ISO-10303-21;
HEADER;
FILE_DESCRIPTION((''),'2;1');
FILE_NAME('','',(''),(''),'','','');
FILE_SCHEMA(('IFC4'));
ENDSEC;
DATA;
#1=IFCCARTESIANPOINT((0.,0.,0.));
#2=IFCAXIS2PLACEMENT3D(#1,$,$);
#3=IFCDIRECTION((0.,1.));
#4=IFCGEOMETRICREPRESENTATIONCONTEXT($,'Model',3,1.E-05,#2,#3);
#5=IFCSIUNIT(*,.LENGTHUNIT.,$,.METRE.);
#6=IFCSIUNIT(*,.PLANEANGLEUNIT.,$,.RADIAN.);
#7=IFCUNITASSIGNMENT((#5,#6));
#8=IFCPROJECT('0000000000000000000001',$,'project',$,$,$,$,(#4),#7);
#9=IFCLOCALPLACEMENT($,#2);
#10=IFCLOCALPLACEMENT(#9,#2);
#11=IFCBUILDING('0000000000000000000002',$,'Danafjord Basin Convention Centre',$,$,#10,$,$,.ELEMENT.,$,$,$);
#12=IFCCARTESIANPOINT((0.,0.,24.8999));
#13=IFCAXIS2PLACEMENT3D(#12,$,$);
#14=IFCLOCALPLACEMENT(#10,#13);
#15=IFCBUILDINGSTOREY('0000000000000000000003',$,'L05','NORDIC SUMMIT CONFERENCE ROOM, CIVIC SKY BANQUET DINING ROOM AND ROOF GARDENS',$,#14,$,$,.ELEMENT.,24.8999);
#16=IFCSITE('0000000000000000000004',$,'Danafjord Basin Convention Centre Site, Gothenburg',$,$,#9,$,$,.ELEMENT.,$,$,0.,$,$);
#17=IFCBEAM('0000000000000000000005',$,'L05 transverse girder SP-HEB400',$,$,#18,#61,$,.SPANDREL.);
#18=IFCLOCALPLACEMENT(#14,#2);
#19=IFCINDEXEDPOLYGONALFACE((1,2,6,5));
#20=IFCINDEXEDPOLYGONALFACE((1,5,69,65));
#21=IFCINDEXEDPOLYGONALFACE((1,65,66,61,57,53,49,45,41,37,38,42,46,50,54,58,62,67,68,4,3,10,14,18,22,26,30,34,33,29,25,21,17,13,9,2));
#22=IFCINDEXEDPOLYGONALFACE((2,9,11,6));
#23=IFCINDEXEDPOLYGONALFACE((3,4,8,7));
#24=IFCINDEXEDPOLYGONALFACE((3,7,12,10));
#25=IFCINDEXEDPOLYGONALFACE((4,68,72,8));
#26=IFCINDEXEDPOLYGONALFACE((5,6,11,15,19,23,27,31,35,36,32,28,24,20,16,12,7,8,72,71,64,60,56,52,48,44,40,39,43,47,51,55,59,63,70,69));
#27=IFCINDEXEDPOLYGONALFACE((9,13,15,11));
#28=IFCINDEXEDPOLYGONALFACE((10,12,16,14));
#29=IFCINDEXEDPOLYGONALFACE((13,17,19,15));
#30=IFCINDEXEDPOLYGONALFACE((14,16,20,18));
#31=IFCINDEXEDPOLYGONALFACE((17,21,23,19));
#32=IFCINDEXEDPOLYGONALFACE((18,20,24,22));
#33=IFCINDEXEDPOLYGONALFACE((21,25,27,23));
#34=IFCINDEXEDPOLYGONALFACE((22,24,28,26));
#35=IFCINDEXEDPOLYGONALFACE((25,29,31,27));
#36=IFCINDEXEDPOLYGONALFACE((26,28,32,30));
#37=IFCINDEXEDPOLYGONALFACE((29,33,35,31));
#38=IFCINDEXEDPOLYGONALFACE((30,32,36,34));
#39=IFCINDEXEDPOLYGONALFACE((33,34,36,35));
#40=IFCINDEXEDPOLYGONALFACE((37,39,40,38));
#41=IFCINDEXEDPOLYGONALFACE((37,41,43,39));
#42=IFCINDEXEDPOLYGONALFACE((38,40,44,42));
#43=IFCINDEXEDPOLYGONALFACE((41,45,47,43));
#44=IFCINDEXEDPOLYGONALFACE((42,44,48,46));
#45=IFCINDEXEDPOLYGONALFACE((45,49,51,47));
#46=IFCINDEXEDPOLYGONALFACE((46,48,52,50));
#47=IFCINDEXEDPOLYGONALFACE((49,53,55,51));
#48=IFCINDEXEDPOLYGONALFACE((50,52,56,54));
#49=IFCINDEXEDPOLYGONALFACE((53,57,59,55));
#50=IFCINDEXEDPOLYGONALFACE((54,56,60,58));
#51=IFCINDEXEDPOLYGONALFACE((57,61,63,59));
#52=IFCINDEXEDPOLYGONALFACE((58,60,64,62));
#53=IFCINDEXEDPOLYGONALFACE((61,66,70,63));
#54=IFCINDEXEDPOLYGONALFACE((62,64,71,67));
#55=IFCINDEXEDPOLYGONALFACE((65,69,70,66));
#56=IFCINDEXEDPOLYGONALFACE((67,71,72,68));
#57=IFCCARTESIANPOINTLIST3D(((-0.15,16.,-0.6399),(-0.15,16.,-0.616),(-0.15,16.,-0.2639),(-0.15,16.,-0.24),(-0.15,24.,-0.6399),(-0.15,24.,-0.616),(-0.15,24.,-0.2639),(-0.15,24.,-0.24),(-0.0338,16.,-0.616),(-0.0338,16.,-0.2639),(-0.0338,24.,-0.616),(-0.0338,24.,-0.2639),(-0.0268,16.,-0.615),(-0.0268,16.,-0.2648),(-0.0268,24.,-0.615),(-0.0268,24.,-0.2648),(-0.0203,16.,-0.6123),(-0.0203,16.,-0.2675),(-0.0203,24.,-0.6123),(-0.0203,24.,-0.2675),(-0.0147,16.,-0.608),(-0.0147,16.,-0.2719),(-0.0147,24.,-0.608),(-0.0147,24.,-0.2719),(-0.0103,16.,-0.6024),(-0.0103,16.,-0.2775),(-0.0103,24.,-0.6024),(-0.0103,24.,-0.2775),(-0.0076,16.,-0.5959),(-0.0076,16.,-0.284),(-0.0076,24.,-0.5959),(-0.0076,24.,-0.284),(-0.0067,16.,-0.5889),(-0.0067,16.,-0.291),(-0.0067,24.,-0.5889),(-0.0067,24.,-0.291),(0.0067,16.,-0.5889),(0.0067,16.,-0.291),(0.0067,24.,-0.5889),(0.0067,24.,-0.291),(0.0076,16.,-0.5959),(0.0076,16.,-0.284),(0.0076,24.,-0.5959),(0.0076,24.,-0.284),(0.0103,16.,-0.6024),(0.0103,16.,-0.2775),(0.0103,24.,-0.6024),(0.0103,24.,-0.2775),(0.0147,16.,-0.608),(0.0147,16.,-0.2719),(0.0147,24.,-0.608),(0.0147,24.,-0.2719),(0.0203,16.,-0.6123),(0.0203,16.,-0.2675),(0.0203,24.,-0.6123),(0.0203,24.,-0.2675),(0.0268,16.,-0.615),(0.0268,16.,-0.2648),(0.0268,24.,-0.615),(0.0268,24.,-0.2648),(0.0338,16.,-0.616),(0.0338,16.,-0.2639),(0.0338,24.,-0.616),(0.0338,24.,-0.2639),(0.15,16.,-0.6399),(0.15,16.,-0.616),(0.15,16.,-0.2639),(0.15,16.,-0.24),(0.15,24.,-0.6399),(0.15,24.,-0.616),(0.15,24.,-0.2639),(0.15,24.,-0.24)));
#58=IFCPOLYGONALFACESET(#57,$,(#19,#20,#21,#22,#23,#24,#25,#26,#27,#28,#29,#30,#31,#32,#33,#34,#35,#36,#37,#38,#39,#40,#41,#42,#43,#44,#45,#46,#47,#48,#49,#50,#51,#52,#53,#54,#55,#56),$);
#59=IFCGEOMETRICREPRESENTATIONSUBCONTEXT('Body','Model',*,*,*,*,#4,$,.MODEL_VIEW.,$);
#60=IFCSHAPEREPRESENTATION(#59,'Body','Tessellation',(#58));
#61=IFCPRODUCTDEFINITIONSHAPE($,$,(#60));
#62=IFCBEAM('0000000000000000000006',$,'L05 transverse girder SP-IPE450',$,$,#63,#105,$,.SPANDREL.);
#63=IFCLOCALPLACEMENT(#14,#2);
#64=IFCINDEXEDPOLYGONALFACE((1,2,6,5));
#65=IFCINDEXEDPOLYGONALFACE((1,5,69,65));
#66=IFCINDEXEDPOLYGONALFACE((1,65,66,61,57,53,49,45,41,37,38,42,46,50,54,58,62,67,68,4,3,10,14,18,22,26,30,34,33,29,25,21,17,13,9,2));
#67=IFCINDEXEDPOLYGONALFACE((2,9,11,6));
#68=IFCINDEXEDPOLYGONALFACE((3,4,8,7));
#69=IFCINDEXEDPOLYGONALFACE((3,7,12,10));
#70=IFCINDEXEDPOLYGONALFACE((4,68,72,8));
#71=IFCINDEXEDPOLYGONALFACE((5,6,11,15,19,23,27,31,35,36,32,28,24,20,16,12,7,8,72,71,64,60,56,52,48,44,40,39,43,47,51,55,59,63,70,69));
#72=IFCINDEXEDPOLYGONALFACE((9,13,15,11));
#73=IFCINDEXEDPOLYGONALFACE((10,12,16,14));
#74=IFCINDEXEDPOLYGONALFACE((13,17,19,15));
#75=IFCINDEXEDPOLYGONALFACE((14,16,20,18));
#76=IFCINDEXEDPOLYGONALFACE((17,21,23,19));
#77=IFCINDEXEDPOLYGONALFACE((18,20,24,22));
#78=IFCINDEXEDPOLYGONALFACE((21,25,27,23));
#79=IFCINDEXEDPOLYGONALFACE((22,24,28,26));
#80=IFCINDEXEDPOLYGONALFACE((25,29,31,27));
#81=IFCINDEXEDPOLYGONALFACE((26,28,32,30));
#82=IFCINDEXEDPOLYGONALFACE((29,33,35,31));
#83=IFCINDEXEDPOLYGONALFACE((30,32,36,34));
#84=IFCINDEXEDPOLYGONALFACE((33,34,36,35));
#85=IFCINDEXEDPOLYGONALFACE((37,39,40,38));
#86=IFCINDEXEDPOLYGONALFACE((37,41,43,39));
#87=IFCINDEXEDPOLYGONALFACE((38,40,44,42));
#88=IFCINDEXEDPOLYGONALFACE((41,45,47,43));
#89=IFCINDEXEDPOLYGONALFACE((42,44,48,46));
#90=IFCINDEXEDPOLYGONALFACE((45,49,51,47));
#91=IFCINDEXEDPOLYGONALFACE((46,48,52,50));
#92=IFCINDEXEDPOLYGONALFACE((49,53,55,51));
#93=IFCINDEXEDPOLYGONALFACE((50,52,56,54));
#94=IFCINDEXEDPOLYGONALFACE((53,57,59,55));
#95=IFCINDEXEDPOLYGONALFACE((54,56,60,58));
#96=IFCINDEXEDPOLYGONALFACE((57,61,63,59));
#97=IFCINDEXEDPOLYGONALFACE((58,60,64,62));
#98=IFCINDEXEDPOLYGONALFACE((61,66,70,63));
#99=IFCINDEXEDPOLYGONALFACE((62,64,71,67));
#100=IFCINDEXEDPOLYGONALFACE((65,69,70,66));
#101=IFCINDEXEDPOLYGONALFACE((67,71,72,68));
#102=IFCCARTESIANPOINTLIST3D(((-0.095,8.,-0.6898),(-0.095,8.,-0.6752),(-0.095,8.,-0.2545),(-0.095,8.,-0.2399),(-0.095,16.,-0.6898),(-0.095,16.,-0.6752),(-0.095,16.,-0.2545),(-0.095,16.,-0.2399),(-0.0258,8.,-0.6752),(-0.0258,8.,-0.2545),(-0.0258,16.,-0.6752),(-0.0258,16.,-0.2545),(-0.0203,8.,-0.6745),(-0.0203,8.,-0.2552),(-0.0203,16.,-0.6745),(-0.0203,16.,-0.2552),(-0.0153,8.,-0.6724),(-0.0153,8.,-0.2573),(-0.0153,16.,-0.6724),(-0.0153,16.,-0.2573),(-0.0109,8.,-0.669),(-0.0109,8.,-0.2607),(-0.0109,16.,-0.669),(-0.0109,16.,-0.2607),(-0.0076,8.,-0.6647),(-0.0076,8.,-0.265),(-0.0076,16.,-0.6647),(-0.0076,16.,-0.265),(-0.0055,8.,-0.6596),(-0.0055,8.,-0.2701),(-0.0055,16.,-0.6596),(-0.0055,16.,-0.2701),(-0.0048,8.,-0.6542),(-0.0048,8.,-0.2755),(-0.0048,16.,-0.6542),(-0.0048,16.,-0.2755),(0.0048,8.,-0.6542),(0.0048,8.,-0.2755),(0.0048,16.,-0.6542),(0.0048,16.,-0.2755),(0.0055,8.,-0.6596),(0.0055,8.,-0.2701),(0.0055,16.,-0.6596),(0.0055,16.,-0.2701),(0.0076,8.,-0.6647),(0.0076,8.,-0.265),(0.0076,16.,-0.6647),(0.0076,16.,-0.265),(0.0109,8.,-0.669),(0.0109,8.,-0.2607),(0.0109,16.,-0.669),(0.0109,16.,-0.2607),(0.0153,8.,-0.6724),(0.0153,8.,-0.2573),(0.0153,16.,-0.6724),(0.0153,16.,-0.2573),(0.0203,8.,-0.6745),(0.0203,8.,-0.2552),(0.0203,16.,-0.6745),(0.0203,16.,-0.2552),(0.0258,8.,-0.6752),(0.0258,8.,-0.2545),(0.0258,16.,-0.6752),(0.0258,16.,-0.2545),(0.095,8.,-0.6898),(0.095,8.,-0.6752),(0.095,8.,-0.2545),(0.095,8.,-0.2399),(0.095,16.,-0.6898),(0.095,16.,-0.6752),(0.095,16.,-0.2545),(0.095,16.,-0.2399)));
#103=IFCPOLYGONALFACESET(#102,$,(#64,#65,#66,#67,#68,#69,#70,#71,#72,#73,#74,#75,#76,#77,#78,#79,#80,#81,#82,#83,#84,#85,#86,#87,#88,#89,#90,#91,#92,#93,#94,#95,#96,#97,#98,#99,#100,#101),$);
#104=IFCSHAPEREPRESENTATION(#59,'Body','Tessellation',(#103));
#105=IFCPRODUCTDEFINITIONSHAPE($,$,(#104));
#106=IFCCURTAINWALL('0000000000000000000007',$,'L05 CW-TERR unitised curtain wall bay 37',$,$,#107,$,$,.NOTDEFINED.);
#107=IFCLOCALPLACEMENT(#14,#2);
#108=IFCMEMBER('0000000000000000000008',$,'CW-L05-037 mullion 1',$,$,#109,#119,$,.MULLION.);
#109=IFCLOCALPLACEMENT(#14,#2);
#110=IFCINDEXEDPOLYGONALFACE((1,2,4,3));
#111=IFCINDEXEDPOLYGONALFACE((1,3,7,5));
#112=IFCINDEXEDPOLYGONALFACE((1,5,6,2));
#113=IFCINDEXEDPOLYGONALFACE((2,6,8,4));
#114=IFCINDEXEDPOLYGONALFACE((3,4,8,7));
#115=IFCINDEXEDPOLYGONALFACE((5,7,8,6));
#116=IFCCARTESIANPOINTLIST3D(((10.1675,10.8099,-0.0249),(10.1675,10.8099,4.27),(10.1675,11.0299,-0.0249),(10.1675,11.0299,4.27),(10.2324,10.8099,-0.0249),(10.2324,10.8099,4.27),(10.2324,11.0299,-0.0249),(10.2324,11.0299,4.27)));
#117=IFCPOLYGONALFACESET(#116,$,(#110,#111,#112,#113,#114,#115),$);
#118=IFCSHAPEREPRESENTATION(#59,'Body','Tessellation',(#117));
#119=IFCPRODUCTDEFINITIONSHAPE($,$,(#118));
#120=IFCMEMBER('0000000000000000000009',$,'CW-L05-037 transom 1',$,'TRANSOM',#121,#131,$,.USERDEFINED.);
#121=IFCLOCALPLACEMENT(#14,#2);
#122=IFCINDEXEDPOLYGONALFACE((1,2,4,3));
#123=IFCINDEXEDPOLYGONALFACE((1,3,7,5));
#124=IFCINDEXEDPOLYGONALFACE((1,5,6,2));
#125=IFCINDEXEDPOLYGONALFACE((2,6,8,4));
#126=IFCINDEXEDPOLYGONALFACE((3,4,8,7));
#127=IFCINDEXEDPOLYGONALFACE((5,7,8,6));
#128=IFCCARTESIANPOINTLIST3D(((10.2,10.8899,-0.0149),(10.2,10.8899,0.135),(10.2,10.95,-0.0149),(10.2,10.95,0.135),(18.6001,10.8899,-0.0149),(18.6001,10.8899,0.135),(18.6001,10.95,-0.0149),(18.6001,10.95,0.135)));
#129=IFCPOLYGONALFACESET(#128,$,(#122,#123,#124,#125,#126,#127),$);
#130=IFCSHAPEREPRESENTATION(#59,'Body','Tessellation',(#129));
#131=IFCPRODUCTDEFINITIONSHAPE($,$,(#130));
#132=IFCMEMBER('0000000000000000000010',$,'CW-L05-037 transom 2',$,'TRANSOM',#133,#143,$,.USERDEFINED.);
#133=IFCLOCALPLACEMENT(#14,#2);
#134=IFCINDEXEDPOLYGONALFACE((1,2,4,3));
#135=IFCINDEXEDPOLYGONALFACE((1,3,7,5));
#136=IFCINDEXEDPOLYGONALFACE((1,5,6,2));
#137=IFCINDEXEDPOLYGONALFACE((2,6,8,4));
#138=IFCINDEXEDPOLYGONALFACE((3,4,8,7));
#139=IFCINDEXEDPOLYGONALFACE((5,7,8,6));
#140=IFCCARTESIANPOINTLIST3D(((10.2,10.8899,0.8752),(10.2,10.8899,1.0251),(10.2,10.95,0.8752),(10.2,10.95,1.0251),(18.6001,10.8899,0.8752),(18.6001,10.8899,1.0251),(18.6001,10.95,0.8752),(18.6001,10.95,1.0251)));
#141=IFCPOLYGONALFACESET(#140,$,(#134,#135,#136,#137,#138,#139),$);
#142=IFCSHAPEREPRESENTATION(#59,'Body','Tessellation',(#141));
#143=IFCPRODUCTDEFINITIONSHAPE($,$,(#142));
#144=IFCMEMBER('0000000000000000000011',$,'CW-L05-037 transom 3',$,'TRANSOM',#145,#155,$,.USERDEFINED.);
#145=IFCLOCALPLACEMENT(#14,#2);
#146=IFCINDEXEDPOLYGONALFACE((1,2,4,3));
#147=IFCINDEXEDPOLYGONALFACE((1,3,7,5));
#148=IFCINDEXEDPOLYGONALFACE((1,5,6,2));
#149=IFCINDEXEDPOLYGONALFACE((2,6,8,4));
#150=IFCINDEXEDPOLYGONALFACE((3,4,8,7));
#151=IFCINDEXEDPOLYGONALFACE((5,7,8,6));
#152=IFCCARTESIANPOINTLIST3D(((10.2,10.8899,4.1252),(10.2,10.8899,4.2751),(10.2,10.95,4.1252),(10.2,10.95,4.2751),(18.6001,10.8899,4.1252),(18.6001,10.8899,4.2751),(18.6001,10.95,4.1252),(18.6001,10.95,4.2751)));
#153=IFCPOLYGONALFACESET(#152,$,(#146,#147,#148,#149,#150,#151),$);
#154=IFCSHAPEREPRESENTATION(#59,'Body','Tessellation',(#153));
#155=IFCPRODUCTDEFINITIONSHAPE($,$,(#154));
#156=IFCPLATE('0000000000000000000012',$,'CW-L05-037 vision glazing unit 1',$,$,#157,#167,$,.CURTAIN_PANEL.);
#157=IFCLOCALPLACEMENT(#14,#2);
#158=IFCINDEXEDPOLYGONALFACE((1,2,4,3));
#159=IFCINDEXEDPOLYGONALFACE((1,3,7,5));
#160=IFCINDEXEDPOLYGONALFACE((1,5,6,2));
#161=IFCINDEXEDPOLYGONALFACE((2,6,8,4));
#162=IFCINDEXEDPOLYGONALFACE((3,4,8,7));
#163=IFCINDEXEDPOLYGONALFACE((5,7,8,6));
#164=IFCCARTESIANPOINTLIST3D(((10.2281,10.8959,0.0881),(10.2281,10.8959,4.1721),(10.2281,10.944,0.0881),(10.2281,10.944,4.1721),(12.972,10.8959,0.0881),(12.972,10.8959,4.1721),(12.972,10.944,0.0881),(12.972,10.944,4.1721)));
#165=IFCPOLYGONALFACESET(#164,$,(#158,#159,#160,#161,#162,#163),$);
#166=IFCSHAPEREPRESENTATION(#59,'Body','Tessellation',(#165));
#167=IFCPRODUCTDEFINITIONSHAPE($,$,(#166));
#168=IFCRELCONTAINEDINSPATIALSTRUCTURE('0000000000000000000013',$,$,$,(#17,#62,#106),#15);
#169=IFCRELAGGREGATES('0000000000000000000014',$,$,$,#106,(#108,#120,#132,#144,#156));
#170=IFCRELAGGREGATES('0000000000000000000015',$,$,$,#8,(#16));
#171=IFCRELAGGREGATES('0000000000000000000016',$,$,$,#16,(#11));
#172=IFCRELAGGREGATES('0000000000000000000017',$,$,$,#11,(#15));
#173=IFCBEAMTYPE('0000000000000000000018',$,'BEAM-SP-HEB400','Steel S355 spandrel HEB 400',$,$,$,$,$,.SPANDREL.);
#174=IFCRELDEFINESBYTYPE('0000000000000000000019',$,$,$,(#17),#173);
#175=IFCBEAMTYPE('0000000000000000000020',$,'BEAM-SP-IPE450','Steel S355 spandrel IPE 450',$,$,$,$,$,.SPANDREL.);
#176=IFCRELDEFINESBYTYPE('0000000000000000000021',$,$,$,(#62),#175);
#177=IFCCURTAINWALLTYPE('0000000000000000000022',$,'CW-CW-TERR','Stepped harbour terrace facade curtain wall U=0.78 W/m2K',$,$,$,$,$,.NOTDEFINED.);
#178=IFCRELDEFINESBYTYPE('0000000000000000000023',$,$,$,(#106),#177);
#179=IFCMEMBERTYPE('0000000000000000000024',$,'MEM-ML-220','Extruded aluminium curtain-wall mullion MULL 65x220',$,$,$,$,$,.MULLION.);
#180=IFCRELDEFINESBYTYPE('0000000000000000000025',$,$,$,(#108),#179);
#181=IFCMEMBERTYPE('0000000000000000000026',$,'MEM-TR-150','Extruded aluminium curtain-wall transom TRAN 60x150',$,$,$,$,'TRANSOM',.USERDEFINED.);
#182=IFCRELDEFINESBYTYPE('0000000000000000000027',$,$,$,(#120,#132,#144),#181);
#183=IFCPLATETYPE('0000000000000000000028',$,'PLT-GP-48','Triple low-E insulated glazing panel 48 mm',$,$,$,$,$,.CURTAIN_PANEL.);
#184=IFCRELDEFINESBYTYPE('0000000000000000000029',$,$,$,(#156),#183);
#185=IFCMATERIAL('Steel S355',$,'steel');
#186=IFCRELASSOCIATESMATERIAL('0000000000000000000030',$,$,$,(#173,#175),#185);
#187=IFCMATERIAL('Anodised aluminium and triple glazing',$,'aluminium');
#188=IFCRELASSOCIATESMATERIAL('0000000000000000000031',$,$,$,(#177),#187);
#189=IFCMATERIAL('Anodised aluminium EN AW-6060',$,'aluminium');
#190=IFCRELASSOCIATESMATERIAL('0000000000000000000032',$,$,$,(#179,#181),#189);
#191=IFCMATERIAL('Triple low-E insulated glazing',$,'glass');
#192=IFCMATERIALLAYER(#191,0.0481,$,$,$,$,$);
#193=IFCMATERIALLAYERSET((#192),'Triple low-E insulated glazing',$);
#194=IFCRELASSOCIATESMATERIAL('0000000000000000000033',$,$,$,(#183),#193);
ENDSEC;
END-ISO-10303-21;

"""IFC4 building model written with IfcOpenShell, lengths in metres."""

from ifc_helpers import new_model, si_unit, direction, frame, origin, origin_2d, place, context, subcontext, project, spatial, rectangle, i_section, extrude, material, layer, layer_set, material_profile, profile_set, type_object, element, aggregate, save


model = new_model("IFC4")

# Units and contexts
model_context = context("Model", 3, precision=1e-05, world=origin(), true_north=direction((0.0, 1.0)))
body_context = subcontext(model_context, "Body", "Model", "MODEL_VIEW")
ifc_project = project(units=[si_unit("LENGTHUNIT", "METRE"), si_unit("PLANEANGLEUNIT", "RADIAN")], contexts=[model_context])

# Site, building, storey
site_placement = place(None, origin())
site = spatial("IfcSite", under=ifc_project, at=site_placement, Name="Danafjord Basin Convention Centre Site, Gothenburg", CompositionType="ELEMENT", RefElevation=0.0)
building_placement = place(site_placement, origin())
building = spatial("IfcBuilding", under=site, at=building_placement, Name="Danafjord Basin Convention Centre", CompositionType="ELEMENT")
storey_placement = place(building_placement, frame((0.0, 0.0, 24.8999)))
storey = spatial("IfcBuildingStorey", under=building, at=storey_placement, Name="L05", Description="NORDIC SUMMIT CONFERENCE ROOM, CIVIC SKY BANQUET DINING ROOM AND ROOF GARDENS", CompositionType="ELEMENT", Elevation=24.8999)

# Shared definitions
ifc_material_1 = material(Name="Steel S355", Category="steel")

# Beams
ifc_material_profile_1 = material_profile(ifc_material_1, i_section(OverallWidth=0.3, OverallDepth=0.3999, WebThickness=0.0134, FlangeThickness=0.0239, FilletRadius=0.0271, at=origin_2d()), Name="HEB 400")
ifc_profile_set_1 = profile_set([ifc_material_profile_1], Name="Steel S355")
beam_type_1 = type_object("IfcBeamType", Name="BEAM-SP-HEB400", Description="Steel S355 spandrel HEB 400", PredefinedType="SPANDREL", material=ifc_profile_set_1)
beam_1_placement = place(storey_placement, frame((0.0, 16.0, -0.4399), z_axis=(0.0, 1.0, 0.0), x_axis=(-1.0, 0.0, 0.0)))
element("IfcBeam", 1, at=beam_1_placement, inside=storey, type_object=beam_type_1, Name="L05 transverse girder SP-HEB400", PredefinedType="SPANDREL", context=body_context, shape_type="SweptSolid", body=[
    extrude(i_section(OverallWidth=0.3, OverallDepth=0.3999, WebThickness=0.0134, FlangeThickness=0.0239, FilletRadius=0.0271, at=origin_2d()), origin(), (0.0, 0.0, 1.0), 8.0),
])
ifc_material_profile_2 = material_profile(ifc_material_1, i_section(OverallWidth=0.1899, OverallDepth=0.45, WebThickness=0.0095, FlangeThickness=0.0146, FilletRadius=0.021, at=origin_2d()), Name="IPE 450")
ifc_profile_set_2 = profile_set([ifc_material_profile_2], Name="Steel S355")
beam_type_2 = type_object("IfcBeamType", Name="BEAM-SP-IPE450", Description="Steel S355 spandrel IPE 450", PredefinedType="SPANDREL", material=ifc_profile_set_2)
beam_2_placement = place(storey_placement, frame((0.0, 8.0, -0.4648), z_axis=(0.0, 1.0, 0.0), x_axis=(-1.0, 0.0, 0.0)))
element("IfcBeam", 2, at=beam_2_placement, inside=storey, type_object=beam_type_2, Name="L05 transverse girder SP-IPE450", PredefinedType="SPANDREL", context=body_context, shape_type="SweptSolid", body=[
    extrude(i_section(OverallWidth=0.1899, OverallDepth=0.45, WebThickness=0.0095, FlangeThickness=0.0146, FilletRadius=0.021, at=origin_2d()), origin(), (0.0, 0.0, 1.0), 8.0),
])

# Curtain wall, members, plate
ifc_material_2 = material(Name="Anodised aluminium and triple glazing", Category="aluminium")
curtain_wall_type = type_object("IfcCurtainWallType", Name="CW-CW-TERR", Description="Stepped harbour terrace facade curtain wall U=0.78 W/m2K", PredefinedType="NOTDEFINED", material=ifc_material_2)
curtain_wall_placement = place(storey_placement, origin())
curtain_wall = element("IfcCurtainWall", 3, at=curtain_wall_placement, inside=storey, type_object=curtain_wall_type, Name="L05 CW-TERR unitised curtain wall bay 37", PredefinedType="NOTDEFINED")
ifc_material_3 = material(Name="Anodised aluminium EN AW-6060", Category="aluminium")
ifc_material_profile_3 = material_profile(ifc_material_3, rectangle(XDim=0.0649, YDim=0.22, at=origin_2d()), Name="MULL 65x220")
ifc_profile_set_3 = profile_set([ifc_material_profile_3], Name="Anodised aluminium EN AW-6060")
member_type_1 = type_object("IfcMemberType", Name="MEM-ML-220", Description="Extruded aluminium curtain-wall mullion MULL 65x220", PredefinedType="MULLION", material=ifc_profile_set_3)
member_1_placement = place(storey_placement, frame((10.2, 10.9199, -0.0249), z_axis=(0.0, 0.0, 1.0), x_axis=(1.0, 0.0, 0.0)))
member_1 = element("IfcMember", 4, at=member_1_placement, type_object=member_type_1, Name="CW-L05-037 mullion 1", PredefinedType="MULLION", context=body_context, shape_type="SweptSolid", body=[
    extrude(rectangle(XDim=0.0649, YDim=0.22, at=origin_2d()), origin(), (0.0, 0.0, 1.0), 4.2949),
])
ifc_material_profile_4 = material_profile(ifc_material_3, rectangle(XDim=0.0601, YDim=0.1499, at=origin_2d()), Name="TRAN 60x150")
ifc_profile_set_4 = profile_set([ifc_material_profile_4], Name="Anodised aluminium EN AW-6060")
member_type_2 = type_object("IfcMemberType", Name="MEM-TR-150", Description="Extruded aluminium curtain-wall transom TRAN 60x150", ElementType="TRANSOM", PredefinedType="USERDEFINED", material=ifc_profile_set_4)
member_2_placement = place(storey_placement, frame((10.2, 10.9199, 0.0601), z_axis=(1.0, 0.0, 0.0), x_axis=(0.0, 1.0, 0.0)))
member_2 = element("IfcMember", 5, at=member_2_placement, type_object=member_type_2, Name="CW-L05-037 transom 1", ObjectType="TRANSOM", PredefinedType="USERDEFINED", context=body_context, shape_type="SweptSolid", body=[
    extrude(rectangle(XDim=0.0601, YDim=0.1499, at=origin_2d()), origin(), (0.0, 0.0, 1.0), 8.4001),
])
member_3_placement = place(storey_placement, frame((10.2, 10.9199, 0.9502), z_axis=(1.0, 0.0, 0.0), x_axis=(0.0, 1.0, 0.0)))
member_3 = element("IfcMember", 6, at=member_3_placement, type_object=member_type_2, Name="CW-L05-037 transom 2", ObjectType="TRANSOM", PredefinedType="USERDEFINED", context=body_context, shape_type="SweptSolid", body=[
    extrude(rectangle(XDim=0.0601, YDim=0.1499, at=origin_2d()), origin(), (0.0, 0.0, 1.0), 8.4001),
])
member_4_placement = place(storey_placement, frame((10.2, 10.9199, 4.2002), z_axis=(1.0, 0.0, 0.0), x_axis=(0.0, 1.0, 0.0)))
member_4 = element("IfcMember", 7, at=member_4_placement, type_object=member_type_2, Name="CW-L05-037 transom 3", ObjectType="TRANSOM", PredefinedType="USERDEFINED", context=body_context, shape_type="SweptSolid", body=[
    extrude(rectangle(XDim=0.0601, YDim=0.1499, at=origin_2d()), origin(), (0.0, 0.0, 1.0), 8.4001),
])
ifc_material_4 = material(Name="Triple low-E insulated glazing", Category="glass")
ifc_layer_1 = layer(ifc_material_4, 0.0481)
ifc_layer_set_1 = layer_set([ifc_layer_1], Name="Triple low-E insulated glazing")
plate_type = type_object("IfcPlateType", Name="PLT-GP-48", Description="Triple low-E insulated glazing panel 48 mm", PredefinedType="CURTAIN_PANEL", material=ifc_layer_set_1)
plate_placement = place(storey_placement, frame((11.6001, 10.9199, 0.0881), z_axis=(0.0, 0.0, 1.0), x_axis=(1.0, 0.0, 0.0)))
plate = element("IfcPlate", 8, at=plate_placement, type_object=plate_type, Name="CW-L05-037 vision glazing unit 1", PredefinedType="CURTAIN_PANEL", context=body_context, shape_type="SweptSolid", body=[
    extrude(rectangle(XDim=2.7439, YDim=0.0481, at=origin_2d()), origin(), (0.0, 0.0, 1.0), 4.084),
])
aggregate(curtain_wall, [member_1, member_2, member_3, member_4, plate])

save(model, "model.ifc")
